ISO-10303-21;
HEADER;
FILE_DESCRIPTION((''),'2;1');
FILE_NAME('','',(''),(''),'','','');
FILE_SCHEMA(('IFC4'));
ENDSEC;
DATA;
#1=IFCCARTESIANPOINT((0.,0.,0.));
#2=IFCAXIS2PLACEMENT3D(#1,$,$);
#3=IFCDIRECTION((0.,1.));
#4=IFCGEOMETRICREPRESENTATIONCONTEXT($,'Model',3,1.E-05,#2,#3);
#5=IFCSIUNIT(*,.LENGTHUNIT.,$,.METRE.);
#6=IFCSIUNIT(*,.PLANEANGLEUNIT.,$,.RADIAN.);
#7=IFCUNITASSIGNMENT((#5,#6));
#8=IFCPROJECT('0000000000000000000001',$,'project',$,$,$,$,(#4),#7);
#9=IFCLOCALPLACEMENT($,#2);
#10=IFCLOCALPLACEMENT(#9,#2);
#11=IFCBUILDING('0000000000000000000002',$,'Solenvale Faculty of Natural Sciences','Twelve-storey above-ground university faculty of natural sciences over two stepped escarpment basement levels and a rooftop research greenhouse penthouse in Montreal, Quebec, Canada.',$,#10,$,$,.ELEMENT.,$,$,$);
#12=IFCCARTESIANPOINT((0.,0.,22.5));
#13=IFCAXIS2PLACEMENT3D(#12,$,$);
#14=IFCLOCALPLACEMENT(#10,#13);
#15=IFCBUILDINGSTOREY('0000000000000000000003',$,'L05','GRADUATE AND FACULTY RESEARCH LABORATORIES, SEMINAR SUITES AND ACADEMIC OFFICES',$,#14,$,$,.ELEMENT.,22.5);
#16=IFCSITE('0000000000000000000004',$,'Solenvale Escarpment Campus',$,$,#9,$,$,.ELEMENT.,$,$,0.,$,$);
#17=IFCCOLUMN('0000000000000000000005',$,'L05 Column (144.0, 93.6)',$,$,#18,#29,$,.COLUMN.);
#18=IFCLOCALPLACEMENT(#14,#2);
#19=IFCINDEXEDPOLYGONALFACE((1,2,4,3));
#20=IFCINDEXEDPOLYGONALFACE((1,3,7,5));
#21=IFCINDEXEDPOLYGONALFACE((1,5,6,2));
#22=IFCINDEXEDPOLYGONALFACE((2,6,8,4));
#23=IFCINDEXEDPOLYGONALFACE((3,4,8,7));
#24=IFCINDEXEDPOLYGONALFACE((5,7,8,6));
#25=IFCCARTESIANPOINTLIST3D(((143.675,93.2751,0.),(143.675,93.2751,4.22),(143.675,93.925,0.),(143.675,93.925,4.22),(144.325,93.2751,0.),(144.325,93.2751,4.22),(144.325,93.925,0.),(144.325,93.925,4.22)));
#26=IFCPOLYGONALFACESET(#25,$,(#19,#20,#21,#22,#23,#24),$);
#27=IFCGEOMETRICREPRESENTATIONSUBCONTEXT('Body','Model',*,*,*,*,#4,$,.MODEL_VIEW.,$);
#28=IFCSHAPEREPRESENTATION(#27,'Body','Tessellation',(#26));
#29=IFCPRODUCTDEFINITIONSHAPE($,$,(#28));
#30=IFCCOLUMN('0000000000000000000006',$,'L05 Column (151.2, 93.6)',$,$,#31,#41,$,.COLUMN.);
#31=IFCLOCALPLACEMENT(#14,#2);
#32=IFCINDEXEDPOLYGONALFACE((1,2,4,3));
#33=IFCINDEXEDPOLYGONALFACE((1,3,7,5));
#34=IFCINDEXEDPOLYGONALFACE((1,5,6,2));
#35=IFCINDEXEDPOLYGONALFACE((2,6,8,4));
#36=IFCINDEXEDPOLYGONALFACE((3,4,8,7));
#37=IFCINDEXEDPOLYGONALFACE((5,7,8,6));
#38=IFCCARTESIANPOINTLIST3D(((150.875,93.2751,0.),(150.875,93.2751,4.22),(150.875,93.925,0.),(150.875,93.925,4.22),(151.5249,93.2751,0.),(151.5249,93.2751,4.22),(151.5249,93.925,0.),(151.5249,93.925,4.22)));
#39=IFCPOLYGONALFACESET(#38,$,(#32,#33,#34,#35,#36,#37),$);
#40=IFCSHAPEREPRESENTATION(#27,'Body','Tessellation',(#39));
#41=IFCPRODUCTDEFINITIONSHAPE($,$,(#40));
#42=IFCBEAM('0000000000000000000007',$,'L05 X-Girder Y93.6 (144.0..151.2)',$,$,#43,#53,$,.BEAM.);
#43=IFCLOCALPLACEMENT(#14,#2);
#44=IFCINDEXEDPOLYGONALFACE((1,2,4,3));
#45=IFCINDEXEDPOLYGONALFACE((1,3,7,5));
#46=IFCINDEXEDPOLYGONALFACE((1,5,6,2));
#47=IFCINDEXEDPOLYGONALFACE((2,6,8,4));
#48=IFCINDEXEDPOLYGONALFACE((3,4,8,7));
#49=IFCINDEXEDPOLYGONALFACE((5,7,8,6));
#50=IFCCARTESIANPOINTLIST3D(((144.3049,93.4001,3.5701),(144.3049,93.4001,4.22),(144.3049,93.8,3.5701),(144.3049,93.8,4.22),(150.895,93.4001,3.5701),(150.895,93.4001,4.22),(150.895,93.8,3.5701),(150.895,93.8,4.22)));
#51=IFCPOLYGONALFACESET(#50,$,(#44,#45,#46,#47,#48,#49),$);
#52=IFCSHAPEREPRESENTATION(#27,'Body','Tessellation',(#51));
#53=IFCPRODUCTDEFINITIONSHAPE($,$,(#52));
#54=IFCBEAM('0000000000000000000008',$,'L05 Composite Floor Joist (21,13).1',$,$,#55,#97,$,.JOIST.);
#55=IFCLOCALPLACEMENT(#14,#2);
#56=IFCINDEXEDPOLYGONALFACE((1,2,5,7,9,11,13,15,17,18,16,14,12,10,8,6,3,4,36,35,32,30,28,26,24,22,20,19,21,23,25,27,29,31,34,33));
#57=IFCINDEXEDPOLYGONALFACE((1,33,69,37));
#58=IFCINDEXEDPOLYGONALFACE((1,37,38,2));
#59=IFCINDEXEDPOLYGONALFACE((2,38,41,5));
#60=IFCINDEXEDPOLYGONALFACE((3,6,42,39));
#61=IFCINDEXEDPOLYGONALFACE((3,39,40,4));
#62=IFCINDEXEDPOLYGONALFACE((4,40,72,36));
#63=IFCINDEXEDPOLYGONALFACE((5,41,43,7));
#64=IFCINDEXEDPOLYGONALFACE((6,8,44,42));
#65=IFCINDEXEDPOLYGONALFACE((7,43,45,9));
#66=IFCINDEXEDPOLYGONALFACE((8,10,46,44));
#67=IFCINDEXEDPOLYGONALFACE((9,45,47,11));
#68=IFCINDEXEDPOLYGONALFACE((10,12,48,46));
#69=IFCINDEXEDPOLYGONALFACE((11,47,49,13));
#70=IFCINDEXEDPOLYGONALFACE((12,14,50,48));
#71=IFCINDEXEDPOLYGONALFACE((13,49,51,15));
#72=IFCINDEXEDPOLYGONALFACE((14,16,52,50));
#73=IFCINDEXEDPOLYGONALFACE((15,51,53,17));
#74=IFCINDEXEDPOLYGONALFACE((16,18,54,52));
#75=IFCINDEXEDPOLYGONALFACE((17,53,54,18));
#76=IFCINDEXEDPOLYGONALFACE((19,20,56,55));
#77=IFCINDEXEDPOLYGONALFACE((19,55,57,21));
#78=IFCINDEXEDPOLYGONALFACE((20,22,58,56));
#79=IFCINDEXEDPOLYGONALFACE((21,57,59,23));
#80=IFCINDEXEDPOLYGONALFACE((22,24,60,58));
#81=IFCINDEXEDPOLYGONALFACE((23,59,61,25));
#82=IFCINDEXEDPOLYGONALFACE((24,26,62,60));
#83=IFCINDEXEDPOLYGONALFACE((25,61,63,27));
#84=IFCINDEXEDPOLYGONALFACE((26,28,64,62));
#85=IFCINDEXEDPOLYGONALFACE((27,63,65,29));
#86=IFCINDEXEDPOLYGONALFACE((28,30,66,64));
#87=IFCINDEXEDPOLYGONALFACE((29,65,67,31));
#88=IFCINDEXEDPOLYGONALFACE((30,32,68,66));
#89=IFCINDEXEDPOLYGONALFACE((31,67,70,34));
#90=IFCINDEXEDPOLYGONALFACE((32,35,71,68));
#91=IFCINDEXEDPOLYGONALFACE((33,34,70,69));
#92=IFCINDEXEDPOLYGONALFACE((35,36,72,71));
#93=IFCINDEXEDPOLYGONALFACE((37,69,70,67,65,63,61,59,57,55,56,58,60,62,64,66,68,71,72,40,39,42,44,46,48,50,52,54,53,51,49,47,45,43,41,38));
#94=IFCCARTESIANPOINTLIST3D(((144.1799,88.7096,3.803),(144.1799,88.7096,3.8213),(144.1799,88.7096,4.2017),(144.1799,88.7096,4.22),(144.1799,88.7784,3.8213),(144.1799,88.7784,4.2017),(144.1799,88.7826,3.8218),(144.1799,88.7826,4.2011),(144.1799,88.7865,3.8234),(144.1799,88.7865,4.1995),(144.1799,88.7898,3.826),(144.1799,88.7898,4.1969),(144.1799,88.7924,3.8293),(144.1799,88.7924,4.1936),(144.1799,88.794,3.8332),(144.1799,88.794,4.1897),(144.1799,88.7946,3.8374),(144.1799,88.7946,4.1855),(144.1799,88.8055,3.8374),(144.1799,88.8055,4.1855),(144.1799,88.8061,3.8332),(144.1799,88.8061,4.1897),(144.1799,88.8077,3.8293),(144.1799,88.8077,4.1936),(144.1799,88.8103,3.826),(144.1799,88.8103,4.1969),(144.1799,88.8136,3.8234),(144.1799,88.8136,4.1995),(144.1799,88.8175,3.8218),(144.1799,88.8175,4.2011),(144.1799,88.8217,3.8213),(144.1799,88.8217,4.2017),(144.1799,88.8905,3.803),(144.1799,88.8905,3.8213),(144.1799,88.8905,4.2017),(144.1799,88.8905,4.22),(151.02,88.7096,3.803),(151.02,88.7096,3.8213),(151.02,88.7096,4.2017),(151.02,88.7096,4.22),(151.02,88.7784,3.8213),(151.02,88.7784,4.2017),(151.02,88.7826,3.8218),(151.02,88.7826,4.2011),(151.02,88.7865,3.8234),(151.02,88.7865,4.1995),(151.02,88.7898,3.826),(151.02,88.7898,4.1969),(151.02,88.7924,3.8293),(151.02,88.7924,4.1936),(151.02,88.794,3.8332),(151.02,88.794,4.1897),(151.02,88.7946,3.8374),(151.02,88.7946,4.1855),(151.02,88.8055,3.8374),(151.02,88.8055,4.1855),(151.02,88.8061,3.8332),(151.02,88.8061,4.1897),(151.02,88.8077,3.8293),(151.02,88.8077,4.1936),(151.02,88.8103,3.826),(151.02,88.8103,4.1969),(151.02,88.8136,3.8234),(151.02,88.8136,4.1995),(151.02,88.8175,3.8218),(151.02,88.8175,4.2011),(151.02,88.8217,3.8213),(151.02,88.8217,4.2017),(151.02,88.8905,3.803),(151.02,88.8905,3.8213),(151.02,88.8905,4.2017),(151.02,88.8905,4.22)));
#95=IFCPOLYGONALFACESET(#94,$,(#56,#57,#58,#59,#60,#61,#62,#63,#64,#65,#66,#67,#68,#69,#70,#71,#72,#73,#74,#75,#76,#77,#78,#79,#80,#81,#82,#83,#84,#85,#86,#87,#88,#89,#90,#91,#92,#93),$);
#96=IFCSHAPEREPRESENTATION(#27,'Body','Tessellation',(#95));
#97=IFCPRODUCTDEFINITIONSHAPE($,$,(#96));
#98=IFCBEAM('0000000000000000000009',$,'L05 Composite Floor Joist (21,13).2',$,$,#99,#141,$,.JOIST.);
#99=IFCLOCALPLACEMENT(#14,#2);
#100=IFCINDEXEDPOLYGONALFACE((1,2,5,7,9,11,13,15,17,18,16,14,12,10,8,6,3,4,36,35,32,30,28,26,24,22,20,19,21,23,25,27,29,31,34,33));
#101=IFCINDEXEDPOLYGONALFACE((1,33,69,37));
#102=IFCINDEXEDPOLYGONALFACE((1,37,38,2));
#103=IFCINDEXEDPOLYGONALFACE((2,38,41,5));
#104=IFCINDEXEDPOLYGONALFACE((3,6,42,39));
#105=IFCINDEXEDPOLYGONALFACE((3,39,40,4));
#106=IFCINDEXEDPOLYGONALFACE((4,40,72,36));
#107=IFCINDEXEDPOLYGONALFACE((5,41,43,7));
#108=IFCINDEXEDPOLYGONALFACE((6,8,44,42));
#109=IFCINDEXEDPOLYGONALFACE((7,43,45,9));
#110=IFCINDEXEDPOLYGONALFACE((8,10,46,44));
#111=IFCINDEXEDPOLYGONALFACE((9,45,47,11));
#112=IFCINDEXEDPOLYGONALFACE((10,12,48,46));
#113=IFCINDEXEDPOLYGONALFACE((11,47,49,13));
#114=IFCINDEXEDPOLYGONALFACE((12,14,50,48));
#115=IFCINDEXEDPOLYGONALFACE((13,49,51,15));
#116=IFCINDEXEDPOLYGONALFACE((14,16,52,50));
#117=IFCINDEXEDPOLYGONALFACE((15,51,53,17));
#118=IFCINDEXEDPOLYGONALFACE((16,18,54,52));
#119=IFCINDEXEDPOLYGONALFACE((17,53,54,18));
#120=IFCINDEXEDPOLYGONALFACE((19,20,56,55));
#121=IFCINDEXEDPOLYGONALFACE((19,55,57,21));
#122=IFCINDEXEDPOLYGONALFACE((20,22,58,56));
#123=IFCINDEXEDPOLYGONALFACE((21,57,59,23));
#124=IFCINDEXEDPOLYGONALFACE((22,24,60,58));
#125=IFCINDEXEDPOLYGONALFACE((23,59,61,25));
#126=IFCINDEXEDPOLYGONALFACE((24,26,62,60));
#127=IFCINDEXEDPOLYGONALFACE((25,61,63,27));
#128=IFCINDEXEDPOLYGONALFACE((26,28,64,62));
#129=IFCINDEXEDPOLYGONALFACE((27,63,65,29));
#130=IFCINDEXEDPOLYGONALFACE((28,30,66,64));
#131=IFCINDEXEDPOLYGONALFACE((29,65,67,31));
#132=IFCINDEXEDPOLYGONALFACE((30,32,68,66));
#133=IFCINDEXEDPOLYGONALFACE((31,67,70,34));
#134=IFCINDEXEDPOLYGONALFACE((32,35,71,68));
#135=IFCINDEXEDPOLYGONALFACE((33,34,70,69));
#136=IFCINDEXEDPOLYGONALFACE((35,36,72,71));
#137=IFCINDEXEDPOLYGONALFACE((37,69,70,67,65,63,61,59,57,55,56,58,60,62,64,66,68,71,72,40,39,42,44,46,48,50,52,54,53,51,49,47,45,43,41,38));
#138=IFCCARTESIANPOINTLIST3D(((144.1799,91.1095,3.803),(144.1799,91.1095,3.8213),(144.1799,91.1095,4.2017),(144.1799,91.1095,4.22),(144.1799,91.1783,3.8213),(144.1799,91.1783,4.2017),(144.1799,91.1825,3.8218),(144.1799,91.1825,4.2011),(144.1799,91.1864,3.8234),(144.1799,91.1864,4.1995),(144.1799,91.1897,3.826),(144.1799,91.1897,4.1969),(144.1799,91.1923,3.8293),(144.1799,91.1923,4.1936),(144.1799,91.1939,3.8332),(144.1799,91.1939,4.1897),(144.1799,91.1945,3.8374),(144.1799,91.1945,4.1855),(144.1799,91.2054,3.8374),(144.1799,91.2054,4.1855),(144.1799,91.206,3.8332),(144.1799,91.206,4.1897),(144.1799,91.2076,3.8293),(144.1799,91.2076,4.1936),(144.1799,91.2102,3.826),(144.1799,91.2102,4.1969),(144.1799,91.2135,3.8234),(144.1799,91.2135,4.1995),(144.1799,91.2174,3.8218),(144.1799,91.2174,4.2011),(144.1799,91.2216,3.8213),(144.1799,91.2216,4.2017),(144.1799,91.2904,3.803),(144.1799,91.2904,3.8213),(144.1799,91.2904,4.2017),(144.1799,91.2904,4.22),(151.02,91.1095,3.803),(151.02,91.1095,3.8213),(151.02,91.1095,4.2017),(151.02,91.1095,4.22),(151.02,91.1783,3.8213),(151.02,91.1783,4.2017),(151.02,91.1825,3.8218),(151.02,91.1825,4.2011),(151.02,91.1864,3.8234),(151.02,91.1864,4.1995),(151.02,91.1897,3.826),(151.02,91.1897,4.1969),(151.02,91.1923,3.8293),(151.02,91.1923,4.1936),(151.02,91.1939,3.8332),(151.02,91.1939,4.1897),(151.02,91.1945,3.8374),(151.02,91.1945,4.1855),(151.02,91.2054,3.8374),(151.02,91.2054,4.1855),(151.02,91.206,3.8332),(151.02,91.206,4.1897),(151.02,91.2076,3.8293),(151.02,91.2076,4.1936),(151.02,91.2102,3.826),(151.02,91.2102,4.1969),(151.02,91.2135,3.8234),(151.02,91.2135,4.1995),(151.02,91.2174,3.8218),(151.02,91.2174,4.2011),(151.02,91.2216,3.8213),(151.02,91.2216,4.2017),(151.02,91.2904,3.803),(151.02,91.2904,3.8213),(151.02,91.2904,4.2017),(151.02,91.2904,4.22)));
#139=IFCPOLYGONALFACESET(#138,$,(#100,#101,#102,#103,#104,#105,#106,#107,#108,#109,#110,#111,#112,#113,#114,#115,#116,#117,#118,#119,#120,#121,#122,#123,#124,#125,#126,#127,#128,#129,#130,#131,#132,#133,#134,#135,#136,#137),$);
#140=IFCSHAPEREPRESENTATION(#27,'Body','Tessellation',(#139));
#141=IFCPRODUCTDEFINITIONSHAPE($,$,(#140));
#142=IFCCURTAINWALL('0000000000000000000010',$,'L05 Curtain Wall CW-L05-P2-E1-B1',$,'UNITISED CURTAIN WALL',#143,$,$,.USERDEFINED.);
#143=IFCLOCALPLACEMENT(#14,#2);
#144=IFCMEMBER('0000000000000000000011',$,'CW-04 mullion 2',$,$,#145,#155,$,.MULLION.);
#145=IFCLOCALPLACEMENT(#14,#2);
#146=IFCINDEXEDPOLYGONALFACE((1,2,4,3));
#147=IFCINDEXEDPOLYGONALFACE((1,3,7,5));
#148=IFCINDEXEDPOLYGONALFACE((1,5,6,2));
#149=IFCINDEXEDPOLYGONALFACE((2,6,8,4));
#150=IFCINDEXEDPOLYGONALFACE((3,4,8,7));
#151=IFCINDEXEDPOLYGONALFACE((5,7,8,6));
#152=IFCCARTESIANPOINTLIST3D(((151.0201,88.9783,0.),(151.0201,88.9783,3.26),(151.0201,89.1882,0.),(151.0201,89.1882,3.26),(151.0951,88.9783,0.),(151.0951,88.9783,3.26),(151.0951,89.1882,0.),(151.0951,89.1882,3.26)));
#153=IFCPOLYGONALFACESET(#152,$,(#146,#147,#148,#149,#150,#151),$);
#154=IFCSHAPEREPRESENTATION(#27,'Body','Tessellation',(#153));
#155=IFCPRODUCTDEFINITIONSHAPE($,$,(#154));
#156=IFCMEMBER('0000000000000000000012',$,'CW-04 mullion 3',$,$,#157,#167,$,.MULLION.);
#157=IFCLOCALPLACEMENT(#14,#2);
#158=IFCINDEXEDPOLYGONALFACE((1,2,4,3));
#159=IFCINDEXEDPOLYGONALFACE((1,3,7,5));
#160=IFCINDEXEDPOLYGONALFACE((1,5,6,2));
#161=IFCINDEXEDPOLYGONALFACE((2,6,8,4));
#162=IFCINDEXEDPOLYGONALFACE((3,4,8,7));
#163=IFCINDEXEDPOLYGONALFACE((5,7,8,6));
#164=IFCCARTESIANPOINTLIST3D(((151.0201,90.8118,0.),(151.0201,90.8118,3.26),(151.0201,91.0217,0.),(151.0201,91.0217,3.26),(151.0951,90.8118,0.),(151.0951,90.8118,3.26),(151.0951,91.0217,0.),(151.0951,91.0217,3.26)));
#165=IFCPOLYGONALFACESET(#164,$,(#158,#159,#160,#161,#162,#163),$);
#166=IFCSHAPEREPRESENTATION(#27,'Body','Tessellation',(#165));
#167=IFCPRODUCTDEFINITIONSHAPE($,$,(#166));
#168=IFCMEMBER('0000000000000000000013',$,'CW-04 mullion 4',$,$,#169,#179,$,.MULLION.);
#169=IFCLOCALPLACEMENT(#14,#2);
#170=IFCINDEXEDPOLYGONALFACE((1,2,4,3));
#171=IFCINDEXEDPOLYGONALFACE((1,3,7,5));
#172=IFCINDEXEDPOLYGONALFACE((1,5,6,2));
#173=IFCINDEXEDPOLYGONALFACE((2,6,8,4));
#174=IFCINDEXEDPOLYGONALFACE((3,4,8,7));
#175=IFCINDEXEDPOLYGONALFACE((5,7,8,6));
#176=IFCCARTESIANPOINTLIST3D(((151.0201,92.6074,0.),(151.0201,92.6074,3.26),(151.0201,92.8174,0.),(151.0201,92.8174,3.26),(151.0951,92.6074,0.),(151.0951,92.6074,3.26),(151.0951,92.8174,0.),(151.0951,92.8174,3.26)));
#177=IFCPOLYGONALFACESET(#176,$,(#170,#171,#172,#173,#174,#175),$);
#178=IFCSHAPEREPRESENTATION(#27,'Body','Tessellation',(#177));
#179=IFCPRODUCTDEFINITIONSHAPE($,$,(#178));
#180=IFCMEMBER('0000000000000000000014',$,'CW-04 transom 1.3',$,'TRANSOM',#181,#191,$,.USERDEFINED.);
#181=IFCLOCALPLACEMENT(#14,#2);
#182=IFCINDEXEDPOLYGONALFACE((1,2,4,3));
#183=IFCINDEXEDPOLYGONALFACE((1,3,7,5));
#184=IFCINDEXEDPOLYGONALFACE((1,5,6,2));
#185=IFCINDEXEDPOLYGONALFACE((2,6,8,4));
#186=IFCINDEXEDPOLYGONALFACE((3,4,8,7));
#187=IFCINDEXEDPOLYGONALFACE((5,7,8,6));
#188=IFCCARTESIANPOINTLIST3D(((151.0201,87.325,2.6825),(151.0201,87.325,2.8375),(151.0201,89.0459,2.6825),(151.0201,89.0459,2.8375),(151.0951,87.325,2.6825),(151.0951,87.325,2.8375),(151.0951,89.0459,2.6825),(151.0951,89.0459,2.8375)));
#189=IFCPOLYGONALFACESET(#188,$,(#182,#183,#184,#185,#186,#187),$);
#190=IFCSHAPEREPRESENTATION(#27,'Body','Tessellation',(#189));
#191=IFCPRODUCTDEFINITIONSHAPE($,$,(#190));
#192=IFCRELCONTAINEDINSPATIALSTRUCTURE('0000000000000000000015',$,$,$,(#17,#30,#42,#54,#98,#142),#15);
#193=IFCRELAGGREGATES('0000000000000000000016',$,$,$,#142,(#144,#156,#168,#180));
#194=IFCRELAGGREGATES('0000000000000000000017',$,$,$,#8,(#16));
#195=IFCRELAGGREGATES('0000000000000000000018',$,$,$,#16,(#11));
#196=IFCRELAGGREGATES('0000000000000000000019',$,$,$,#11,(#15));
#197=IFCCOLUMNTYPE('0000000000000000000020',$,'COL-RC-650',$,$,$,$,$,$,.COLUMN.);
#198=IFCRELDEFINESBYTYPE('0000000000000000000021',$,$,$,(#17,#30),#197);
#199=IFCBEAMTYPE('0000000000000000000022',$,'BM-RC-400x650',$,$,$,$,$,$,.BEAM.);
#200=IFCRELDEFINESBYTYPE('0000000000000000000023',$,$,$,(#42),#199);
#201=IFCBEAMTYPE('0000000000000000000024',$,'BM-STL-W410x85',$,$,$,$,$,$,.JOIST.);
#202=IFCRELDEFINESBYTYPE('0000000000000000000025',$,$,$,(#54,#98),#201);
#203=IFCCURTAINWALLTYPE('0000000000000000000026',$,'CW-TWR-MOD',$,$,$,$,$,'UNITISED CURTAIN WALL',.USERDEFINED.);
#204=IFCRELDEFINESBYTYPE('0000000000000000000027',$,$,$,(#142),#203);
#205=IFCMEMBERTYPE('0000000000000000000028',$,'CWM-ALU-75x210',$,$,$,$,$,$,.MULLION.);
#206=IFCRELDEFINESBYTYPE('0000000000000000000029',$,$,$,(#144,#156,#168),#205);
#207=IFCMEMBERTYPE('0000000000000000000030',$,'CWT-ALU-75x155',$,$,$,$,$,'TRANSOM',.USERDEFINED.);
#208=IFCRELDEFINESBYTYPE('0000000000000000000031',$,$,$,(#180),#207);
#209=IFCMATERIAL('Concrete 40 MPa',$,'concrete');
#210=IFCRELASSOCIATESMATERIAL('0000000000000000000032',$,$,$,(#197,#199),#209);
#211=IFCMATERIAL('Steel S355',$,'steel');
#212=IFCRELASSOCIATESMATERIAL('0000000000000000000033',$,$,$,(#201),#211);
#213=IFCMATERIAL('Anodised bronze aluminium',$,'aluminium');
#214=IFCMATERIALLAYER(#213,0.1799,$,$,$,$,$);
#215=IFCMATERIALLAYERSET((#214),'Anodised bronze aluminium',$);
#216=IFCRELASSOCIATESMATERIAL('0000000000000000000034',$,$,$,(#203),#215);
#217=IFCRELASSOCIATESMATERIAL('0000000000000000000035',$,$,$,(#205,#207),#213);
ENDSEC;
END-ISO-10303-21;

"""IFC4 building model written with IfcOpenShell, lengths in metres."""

from ifc_helpers import new_model, si_unit, direction, frame, origin, origin_2d, place, context, subcontext, project, spatial, rectangle, i_section, extrude, material, layer, layer_set, material_profile, profile_set, type_object, element, aggregate, save


model = new_model("IFC4")

# Units and contexts
model_context = context("Model", 3, precision=1e-05, world=origin(), true_north=direction((0.0, 1.0)))
body_context = subcontext(model_context, "Body", "Model", "MODEL_VIEW")
ifc_project = project(units=[si_unit("LENGTHUNIT", "METRE"), si_unit("PLANEANGLEUNIT", "RADIAN")], contexts=[model_context])

# Site, building, storey
site_placement = place(None, origin())
site = spatial("IfcSite", under=ifc_project, at=site_placement, Name="Solenvale Escarpment Campus", CompositionType="ELEMENT", RefElevation=0.0)
building_placement = place(site_placement, origin())
building = spatial("IfcBuilding", under=site, at=building_placement, Name="Solenvale Faculty of Natural Sciences", Description="Twelve-storey above-ground university faculty of natural sciences over two stepped escarpment basement levels and a rooftop research greenhouse penthouse in Montreal, Quebec, Canada.", CompositionType="ELEMENT")
storey_placement = place(building_placement, frame((0.0, 0.0, 22.5)))
storey = spatial("IfcBuildingStorey", under=building, at=storey_placement, Name="L05", Description="GRADUATE AND FACULTY RESEARCH LABORATORIES, SEMINAR SUITES AND ACADEMIC OFFICES", CompositionType="ELEMENT", Elevation=22.5)

# Columns
ifc_material_1 = material(Name="Concrete 40 MPa", Category="concrete")
ifc_material_profile_1 = material_profile(ifc_material_1, rectangle(XDim=0.6499, YDim=0.6499, at=origin_2d()), Name="RC-COL-650x650")
ifc_profile_set_1 = profile_set([ifc_material_profile_1], Name="Concrete 40 MPa")
column_type = type_object("IfcColumnType", Name="COL-RC-650", PredefinedType="COLUMN", material=ifc_profile_set_1)
for number, where, z_axis, x_axis, name in (
    (1, (144.0, 93.6001, 0.0), (0.0, 0.0, 1.0), (1.0, 0.0, 0.0), "L05 Column (144.0, 93.6)"),
    (2, (151.2, 93.6001, 0.0), (0.0, 0.0, 1.0), (1.0, 0.0, 0.0), "L05 Column (151.2, 93.6)"),
):
    element("IfcColumn", number, at=place(storey_placement, frame(where, z_axis=z_axis, x_axis=x_axis)), inside=storey, type_object=column_type, Name=name, PredefinedType="COLUMN", context=body_context, shape_type="SweptSolid", body=[
        extrude(rectangle(XDim=0.6499, YDim=0.6499, at=origin_2d()), origin(), (0.0, 0.0, 1.0), 4.22),
    ])

# Beams
ifc_material_profile_2 = material_profile(ifc_material_1, rectangle(XDim=0.3999, YDim=0.6499, at=origin_2d()), Name="RC-BM-400x650")
ifc_profile_set_2 = profile_set([ifc_material_profile_2], Name="Concrete 40 MPa")
beam_type_1 = type_object("IfcBeamType", Name="BM-RC-400x650", PredefinedType="BEAM", material=ifc_profile_set_2)
beam_placement = place(storey_placement, frame((144.3049, 93.6001, 3.895), z_axis=(1.0, 0.0, 0.0), x_axis=(0.0, 1.0, 0.0)))
element("IfcBeam", 3, at=beam_placement, inside=storey, type_object=beam_type_1, Name="L05 X-Girder Y93.6 (144.0..151.2)", PredefinedType="BEAM", context=body_context, shape_type="SweptSolid", body=[
    extrude(rectangle(XDim=0.3999, YDim=0.6499, at=origin_2d()), origin(), (0.0, 0.0, 1.0), 6.5901),
])
ifc_material_2 = material(Name="Steel S355", Category="steel")
ifc_material_profile_3 = material_profile(ifc_material_2, i_section(OverallWidth=0.1809, OverallDepth=0.417, WebThickness=0.011, FlangeThickness=0.0183, FilletRadius=0.0161, at=origin_2d()), Name="W410x85")
ifc_profile_set_3 = profile_set([ifc_material_profile_3], Name="Steel S355")
beam_type_2 = type_object("IfcBeamType", Name="BM-STL-W410x85", PredefinedType="JOIST", material=ifc_profile_set_3)
for number, where, z_axis, x_axis, name in (
    (4, (144.1799, 88.8, 4.0115), (1.0, 0.0, 0.0), (0.0, 1.0, 0.0), "L05 Composite Floor Joist (21,13).1"),
    (5, (144.1799, 91.2, 4.0115), (1.0, 0.0, 0.0), (0.0, 1.0, 0.0), "L05 Composite Floor Joist (21,13).2"),
):
    element("IfcBeam", number, at=place(storey_placement, frame(where, z_axis=z_axis, x_axis=x_axis)), inside=storey, type_object=beam_type_2, Name=name, PredefinedType="JOIST", context=body_context, shape_type="SweptSolid", body=[
        extrude(i_section(OverallWidth=0.1809, OverallDepth=0.417, WebThickness=0.011, FlangeThickness=0.0183, FilletRadius=0.0161, at=origin_2d()), origin(), (0.0, 0.0, 1.0), 6.8401),
    ])

# Curtain wall, members
ifc_material_3 = material(Name="Anodised bronze aluminium", Category="aluminium")
ifc_layer_1 = layer(ifc_material_3, 0.1799)
ifc_layer_set_1 = layer_set([ifc_layer_1], Name="Anodised bronze aluminium")
curtain_wall_type = type_object("IfcCurtainWallType", Name="CW-TWR-MOD", ElementType="UNITISED CURTAIN WALL", PredefinedType="USERDEFINED", material=ifc_layer_set_1)
curtain_wall_placement = place(storey_placement, origin())
curtain_wall = element("IfcCurtainWall", 6, at=curtain_wall_placement, inside=storey, type_object=curtain_wall_type, Name="L05 Curtain Wall CW-L05-P2-E1-B1", ObjectType="UNITISED CURTAIN WALL", PredefinedType="USERDEFINED")
ifc_material_profile_4 = material_profile(ifc_material_3, rectangle(XDim=0.075, YDim=0.21, at=origin_2d()), Name="ALU-MUL-75x210")
ifc_profile_set_4 = profile_set([ifc_material_profile_4], Name="Anodised bronze aluminium")
member_type_1 = type_object("IfcMemberType", Name="CWM-ALU-75x210", PredefinedType="MULLION", material=ifc_profile_set_4)
member_1_placement = place(storey_placement, frame((151.0576, 89.0833, 0.0), z_axis=(0.0, 0.0, 1.0), x_axis=(-1.0, 0.0, 0.0)))
member_1 = element("IfcMember", 7, at=member_1_placement, type_object=member_type_1, Name="CW-04 mullion 2", PredefinedType="MULLION", context=body_context, shape_type="SweptSolid", body=[
    extrude(rectangle(XDim=0.075, YDim=0.21, at=origin_2d()), origin(), (0.0, 0.0, 1.0), 3.26),
])
member_2_placement = place(storey_placement, frame((151.0576, 90.9167, 0.0), z_axis=(0.0, 0.0, 1.0), x_axis=(-1.0, 0.0, 0.0)))
member_2 = element("IfcMember", 8, at=member_2_placement, type_object=member_type_1, Name="CW-04 mullion 3", PredefinedType="MULLION", context=body_context, shape_type="SweptSolid", body=[
    extrude(rectangle(XDim=0.075, YDim=0.21, at=origin_2d()), origin(), (0.0, 0.0, 1.0), 3.26),
])
member_3_placement = place(storey_placement, frame((151.0576, 92.7124, 0.0), z_axis=(0.0, 0.0, 1.0), x_axis=(-1.0, 0.0, 0.0)))
member_3 = element("IfcMember", 9, at=member_3_placement, type_object=member_type_1, Name="CW-04 mullion 4", PredefinedType="MULLION", context=body_context, shape_type="SweptSolid", body=[
    extrude(rectangle(XDim=0.075, YDim=0.21, at=origin_2d()), origin(), (0.0, 0.0, 1.0), 3.26),
])
ifc_material_profile_5 = material_profile(ifc_material_3, rectangle(XDim=0.075, YDim=0.155, at=origin_2d()), Name="ALU-TRN-75x155")
ifc_profile_set_5 = profile_set([ifc_material_profile_5], Name="Anodised bronze aluminium")
member_type_2 = type_object("IfcMemberType", Name="CWT-ALU-75x155", ElementType="TRANSOM", PredefinedType="USERDEFINED", material=ifc_profile_set_5)
member_4_placement = place(storey_placement, frame((151.0576, 87.325, 2.76), z_axis=(0.0, 1.0, 0.0), x_axis=(-1.0, 0.0, 0.0)))
member_4 = element("IfcMember", 10, at=member_4_placement, type_object=member_type_2, Name="CW-04 transom 1.3", ObjectType="TRANSOM", PredefinedType="USERDEFINED", context=body_context, shape_type="SweptSolid", body=[
    extrude(rectangle(XDim=0.075, YDim=0.155, at=origin_2d()), origin(), (0.0, 0.0, 1.0), 1.7209),
])
aggregate(curtain_wall, [member_1, member_2, member_3, member_4])

save(model, "model.ifc")
